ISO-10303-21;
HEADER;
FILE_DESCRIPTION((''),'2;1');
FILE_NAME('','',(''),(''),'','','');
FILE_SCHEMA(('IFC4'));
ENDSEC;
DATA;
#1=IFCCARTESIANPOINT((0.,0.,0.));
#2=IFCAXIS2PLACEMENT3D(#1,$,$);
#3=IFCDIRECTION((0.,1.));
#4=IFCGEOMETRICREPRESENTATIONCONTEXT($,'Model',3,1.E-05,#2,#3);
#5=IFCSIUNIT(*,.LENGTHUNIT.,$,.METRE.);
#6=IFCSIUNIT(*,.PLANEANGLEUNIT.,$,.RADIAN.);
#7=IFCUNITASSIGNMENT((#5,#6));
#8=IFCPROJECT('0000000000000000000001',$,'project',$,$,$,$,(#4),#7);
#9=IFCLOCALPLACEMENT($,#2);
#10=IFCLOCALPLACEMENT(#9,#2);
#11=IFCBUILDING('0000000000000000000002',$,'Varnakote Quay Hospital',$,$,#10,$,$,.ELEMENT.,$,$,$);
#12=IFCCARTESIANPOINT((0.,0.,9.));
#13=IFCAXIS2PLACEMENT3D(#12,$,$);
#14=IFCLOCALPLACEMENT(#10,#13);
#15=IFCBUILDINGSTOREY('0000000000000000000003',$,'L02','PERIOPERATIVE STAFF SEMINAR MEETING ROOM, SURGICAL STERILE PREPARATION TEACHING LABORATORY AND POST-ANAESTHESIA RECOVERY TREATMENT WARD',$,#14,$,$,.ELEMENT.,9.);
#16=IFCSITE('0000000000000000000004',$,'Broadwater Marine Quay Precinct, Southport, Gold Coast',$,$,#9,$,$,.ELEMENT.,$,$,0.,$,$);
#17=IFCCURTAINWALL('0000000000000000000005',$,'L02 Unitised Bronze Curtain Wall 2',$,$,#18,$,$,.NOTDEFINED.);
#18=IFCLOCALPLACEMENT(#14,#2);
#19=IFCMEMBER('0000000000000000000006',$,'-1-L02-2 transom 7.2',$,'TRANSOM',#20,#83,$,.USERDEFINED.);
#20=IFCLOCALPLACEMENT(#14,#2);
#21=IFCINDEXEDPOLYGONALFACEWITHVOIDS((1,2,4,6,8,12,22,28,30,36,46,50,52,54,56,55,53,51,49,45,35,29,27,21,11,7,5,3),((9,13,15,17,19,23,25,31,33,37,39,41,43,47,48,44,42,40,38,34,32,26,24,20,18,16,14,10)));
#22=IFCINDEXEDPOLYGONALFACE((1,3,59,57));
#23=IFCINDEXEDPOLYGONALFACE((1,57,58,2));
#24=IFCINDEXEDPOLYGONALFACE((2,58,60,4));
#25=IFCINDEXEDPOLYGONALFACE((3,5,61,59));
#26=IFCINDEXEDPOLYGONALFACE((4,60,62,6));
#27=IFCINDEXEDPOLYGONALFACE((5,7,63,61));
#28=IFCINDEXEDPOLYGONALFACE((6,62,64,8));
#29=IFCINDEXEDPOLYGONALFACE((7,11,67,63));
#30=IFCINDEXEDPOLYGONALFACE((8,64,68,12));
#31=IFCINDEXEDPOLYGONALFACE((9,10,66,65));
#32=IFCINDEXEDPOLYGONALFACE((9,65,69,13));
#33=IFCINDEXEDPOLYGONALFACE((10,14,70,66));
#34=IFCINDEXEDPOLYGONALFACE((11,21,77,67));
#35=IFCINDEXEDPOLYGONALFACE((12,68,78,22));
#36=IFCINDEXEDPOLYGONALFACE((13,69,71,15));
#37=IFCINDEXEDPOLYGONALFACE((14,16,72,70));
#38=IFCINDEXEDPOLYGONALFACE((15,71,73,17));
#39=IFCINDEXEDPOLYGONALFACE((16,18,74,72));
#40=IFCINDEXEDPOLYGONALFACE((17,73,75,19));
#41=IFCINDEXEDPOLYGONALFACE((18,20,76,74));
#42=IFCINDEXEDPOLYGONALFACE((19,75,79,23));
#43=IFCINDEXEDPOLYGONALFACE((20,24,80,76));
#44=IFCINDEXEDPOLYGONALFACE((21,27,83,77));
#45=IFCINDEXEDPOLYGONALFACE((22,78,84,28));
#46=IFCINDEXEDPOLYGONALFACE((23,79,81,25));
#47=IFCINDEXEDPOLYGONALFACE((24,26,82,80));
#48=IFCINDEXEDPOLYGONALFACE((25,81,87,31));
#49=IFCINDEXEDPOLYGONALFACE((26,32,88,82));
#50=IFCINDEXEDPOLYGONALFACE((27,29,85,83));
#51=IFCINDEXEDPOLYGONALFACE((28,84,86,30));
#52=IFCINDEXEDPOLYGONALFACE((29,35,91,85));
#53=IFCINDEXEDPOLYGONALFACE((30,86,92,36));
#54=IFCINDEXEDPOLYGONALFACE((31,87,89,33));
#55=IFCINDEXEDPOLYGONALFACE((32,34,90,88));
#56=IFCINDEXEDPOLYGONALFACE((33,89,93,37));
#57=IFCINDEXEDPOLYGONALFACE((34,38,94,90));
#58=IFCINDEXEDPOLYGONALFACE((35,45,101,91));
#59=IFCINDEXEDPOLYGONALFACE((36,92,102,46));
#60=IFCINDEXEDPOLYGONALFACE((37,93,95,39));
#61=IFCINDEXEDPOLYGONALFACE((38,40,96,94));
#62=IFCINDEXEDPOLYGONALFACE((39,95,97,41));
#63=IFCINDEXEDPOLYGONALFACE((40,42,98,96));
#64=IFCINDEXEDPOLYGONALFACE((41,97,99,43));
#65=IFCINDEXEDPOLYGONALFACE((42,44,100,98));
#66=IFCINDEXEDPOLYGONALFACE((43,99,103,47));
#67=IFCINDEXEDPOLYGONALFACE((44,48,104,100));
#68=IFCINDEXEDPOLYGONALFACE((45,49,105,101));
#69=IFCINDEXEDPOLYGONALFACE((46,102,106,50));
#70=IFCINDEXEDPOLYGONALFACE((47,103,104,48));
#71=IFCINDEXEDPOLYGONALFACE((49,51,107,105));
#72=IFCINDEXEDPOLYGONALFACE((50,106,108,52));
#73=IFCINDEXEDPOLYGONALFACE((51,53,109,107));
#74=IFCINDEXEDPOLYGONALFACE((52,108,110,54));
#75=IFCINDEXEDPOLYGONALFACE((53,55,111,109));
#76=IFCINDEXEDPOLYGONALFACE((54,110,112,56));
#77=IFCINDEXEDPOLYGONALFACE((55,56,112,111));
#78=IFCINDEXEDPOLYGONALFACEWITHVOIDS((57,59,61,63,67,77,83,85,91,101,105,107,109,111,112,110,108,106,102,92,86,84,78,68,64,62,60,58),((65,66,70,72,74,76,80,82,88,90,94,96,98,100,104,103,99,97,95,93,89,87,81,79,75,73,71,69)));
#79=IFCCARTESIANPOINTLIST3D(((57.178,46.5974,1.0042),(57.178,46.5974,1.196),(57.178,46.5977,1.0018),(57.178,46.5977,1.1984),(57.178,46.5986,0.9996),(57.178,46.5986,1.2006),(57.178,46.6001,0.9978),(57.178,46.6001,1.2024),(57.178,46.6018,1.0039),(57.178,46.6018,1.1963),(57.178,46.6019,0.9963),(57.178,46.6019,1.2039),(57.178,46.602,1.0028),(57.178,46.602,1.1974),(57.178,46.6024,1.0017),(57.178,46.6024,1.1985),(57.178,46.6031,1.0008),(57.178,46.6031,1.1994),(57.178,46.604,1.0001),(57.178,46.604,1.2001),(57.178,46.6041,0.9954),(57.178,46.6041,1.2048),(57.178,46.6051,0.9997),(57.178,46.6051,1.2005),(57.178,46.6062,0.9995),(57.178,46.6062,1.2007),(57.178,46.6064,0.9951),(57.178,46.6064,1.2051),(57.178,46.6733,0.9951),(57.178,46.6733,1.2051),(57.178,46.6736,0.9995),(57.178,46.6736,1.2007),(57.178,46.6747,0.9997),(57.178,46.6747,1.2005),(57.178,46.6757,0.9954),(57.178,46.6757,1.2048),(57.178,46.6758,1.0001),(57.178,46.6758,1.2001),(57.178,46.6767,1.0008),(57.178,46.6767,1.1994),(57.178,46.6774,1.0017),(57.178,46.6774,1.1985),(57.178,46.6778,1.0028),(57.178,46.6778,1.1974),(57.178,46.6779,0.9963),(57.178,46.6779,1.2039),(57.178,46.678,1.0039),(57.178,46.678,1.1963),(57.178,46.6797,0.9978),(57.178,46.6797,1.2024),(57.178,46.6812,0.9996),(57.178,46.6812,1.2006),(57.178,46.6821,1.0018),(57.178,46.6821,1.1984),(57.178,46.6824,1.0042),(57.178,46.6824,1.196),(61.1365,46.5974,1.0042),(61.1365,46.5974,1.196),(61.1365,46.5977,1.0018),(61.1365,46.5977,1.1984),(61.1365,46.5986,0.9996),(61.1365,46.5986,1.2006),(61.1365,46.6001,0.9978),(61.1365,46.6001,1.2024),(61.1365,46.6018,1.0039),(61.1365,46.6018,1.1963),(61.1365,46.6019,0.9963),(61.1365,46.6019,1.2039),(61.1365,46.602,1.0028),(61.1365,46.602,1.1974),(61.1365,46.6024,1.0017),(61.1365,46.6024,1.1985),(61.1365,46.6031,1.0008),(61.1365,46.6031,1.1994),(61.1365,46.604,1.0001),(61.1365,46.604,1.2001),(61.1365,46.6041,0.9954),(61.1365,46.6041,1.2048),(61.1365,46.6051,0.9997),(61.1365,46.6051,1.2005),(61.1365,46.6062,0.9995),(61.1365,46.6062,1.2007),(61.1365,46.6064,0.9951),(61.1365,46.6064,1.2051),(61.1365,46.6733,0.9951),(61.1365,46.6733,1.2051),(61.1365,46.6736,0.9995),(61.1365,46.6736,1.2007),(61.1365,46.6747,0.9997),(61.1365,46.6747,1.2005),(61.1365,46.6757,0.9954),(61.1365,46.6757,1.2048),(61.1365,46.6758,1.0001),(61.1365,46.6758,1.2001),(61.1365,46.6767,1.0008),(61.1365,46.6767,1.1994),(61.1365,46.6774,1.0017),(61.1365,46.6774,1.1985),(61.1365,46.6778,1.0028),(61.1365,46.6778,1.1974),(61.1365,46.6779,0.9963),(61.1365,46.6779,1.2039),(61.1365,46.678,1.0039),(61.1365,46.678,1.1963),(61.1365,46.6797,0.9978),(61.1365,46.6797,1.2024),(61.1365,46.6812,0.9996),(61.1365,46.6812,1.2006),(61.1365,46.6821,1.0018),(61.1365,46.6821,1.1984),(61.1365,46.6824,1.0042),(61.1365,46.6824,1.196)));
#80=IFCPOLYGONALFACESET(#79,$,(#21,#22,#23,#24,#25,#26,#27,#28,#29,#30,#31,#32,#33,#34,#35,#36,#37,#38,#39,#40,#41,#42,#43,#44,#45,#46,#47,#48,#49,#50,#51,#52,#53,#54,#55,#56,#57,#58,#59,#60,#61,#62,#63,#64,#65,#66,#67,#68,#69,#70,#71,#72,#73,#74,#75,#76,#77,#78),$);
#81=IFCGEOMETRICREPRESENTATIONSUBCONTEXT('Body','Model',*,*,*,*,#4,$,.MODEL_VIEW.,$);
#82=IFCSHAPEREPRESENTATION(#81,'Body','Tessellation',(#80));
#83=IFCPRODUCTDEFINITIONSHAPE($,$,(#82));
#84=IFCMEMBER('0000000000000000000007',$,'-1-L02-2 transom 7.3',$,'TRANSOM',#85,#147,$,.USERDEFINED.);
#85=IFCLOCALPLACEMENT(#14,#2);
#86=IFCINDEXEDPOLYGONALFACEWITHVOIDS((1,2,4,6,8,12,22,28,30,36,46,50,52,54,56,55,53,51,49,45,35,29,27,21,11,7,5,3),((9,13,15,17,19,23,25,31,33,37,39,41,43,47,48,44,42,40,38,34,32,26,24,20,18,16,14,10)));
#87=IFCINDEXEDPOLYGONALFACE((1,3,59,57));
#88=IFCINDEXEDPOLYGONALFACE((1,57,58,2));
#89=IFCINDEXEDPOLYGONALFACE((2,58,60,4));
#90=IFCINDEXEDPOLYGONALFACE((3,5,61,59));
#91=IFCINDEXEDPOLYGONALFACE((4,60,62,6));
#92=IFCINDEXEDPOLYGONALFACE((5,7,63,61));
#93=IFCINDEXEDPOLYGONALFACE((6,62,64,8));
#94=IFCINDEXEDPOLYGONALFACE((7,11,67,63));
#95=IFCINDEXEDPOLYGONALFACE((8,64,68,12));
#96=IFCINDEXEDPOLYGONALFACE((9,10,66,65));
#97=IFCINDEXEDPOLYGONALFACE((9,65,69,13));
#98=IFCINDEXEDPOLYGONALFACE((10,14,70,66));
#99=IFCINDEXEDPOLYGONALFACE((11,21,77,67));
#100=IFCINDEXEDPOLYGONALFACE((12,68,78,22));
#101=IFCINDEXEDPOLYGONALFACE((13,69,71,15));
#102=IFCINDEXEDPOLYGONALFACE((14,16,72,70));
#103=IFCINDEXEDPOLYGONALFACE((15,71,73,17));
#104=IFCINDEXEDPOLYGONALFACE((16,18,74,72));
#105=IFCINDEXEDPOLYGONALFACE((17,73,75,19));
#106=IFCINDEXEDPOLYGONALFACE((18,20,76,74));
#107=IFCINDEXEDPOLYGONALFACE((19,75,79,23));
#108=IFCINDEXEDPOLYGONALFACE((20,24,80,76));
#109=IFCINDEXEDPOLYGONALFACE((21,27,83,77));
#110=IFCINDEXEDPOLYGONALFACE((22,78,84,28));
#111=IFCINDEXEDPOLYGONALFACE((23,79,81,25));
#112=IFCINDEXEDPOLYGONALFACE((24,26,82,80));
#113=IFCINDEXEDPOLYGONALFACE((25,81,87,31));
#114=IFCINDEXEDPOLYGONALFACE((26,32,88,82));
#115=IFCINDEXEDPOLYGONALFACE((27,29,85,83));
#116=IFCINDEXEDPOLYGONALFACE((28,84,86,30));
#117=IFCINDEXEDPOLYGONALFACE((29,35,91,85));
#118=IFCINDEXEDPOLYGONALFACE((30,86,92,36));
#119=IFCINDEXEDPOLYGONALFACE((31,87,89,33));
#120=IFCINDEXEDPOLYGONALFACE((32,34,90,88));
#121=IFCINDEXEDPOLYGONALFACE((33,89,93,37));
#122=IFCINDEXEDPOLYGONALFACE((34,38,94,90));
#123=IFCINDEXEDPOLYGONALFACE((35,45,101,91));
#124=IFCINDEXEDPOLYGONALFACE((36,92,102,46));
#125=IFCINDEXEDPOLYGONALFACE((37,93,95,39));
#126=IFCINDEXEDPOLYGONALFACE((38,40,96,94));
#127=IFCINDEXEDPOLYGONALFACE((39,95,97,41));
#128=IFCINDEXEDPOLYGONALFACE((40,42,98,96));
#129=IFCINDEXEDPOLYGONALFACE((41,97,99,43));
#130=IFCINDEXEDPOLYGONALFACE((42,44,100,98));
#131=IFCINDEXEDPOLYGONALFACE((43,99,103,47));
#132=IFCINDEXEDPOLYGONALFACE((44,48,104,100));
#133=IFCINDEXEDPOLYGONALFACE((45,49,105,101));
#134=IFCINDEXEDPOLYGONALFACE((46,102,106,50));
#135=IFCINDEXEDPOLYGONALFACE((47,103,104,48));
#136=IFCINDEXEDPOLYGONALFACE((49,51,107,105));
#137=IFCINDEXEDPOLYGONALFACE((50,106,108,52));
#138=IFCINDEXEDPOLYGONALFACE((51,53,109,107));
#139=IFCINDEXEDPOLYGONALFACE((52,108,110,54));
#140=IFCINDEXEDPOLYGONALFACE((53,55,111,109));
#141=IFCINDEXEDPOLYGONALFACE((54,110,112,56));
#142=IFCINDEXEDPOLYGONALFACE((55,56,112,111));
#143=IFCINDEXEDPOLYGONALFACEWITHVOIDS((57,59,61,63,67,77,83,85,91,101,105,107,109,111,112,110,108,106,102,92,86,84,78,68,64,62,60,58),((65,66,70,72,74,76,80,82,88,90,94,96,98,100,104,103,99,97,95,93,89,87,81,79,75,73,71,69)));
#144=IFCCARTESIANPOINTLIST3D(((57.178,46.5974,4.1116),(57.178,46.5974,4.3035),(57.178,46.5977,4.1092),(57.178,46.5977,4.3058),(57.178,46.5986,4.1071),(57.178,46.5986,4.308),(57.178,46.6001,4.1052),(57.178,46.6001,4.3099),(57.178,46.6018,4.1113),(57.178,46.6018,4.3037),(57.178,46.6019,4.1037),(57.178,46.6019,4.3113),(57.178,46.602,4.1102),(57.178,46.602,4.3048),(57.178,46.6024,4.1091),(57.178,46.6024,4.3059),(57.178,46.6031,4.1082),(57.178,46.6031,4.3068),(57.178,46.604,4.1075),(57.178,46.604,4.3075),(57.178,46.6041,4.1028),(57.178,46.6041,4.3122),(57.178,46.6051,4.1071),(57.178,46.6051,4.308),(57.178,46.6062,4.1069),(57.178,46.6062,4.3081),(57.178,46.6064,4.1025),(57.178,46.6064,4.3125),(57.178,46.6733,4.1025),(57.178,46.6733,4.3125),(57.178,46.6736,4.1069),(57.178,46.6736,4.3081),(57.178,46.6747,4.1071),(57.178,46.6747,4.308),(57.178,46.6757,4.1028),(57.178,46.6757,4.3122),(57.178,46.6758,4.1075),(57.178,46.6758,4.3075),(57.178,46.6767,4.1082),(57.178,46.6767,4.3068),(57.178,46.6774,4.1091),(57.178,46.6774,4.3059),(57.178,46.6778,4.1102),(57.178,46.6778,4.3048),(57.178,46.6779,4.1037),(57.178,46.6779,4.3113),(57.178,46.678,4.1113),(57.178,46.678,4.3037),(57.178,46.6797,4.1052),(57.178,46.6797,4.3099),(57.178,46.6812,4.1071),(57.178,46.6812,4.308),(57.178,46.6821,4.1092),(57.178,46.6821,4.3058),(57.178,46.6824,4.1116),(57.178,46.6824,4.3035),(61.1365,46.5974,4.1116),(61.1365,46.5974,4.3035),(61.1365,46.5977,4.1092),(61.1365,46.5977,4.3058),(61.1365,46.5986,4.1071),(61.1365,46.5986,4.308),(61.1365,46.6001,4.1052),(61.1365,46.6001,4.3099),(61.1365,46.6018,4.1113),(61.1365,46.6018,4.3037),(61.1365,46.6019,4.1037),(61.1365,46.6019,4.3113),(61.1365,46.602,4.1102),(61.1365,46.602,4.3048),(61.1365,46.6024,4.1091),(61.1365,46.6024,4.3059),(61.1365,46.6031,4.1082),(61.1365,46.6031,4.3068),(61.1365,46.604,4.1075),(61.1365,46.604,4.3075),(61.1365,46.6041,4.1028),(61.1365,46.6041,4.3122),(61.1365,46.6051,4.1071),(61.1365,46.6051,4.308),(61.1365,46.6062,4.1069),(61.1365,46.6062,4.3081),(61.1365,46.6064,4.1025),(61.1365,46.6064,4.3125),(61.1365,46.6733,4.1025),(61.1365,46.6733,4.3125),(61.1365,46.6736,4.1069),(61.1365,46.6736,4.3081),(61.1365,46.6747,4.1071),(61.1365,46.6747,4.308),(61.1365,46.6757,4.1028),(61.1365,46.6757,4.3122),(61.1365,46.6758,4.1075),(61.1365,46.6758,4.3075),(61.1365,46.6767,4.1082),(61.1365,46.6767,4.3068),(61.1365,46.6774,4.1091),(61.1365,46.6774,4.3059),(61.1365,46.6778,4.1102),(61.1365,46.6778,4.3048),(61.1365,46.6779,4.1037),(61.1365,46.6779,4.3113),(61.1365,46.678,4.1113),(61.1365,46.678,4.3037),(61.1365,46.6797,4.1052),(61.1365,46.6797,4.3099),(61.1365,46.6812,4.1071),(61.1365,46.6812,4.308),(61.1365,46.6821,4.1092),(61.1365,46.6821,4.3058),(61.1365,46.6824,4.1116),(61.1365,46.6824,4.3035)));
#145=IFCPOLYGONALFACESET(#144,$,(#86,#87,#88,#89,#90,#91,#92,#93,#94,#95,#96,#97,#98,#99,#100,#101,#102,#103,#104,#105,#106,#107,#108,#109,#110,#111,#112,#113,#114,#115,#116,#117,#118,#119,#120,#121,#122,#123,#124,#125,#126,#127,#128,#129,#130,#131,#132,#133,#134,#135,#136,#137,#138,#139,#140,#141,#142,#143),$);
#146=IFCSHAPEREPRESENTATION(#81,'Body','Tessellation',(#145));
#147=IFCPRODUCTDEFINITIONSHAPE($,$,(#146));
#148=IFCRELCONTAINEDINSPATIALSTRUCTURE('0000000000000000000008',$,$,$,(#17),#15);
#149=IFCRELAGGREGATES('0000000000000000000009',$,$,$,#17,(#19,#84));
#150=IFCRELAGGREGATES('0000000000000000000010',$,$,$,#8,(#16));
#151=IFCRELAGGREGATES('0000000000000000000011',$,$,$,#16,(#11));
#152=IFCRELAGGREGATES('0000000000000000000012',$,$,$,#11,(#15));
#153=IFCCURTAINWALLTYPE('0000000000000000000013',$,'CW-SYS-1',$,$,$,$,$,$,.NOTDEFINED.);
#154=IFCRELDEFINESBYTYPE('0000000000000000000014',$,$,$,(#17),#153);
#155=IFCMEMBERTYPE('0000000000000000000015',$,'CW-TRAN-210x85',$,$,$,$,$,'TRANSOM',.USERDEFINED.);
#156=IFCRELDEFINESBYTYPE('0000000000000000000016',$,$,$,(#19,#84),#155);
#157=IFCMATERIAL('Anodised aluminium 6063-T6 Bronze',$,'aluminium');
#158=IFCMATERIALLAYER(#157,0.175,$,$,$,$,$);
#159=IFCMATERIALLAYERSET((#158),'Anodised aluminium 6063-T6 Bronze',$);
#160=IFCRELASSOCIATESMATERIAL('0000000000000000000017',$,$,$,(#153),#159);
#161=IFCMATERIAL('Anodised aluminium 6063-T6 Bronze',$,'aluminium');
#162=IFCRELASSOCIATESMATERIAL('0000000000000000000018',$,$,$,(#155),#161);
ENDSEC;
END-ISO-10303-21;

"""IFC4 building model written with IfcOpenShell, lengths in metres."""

from ifc_helpers import new_model, si_unit, direction, frame, origin, origin_2d, place, context, subcontext, project, spatial, hollow_rectangle, extrude, material, layer, layer_set, material_profile, profile_set, type_object, element, aggregate, save


model = new_model("IFC4")

# Units and contexts
model_context = context("Model", 3, precision=1e-05, world=origin(), true_north=direction((0.0, 1.0)))
body_context = subcontext(model_context, "Body", "Model", "MODEL_VIEW")
ifc_project = project(units=[si_unit("LENGTHUNIT", "METRE"), si_unit("PLANEANGLEUNIT", "RADIAN")], contexts=[model_context])

# Site, building, storey
site_placement = place(None, origin())
site = spatial("IfcSite", under=ifc_project, at=site_placement, Name="Broadwater Marine Quay Precinct, Southport, Gold Coast", CompositionType="ELEMENT", RefElevation=0.0)
building_placement = place(site_placement, origin())
building = spatial("IfcBuilding", under=site, at=building_placement, Name="Varnakote Quay Hospital", CompositionType="ELEMENT")
storey_placement = place(building_placement, frame((0.0, 0.0, 9.0)))
storey = spatial("IfcBuildingStorey", under=building, at=storey_placement, Name="L02", Description="PERIOPERATIVE STAFF SEMINAR MEETING ROOM, SURGICAL STERILE PREPARATION TEACHING LABORATORY AND POST-ANAESTHESIA RECOVERY TREATMENT WARD", CompositionType="ELEMENT", Elevation=9.0)

# Curtain wall, members
ifc_material_1 = material(Name="Anodised aluminium 6063-T6 Bronze", Category="aluminium")
ifc_layer_1 = layer(ifc_material_1, 0.175)
ifc_layer_set_1 = layer_set([ifc_layer_1], Name="Anodised aluminium 6063-T6 Bronze")
curtain_wall_type = type_object("IfcCurtainWallType", Name="CW-SYS-1", PredefinedType="NOTDEFINED", material=ifc_layer_set_1)
curtain_wall_placement = place(storey_placement, origin())
curtain_wall = element("IfcCurtainWall", 1, at=curtain_wall_placement, inside=storey, type_object=curtain_wall_type, Name="L02 Unitised Bronze Curtain Wall 2", PredefinedType="NOTDEFINED")
ifc_material_2 = material(Name="Anodised aluminium 6063-T6 Bronze", Category="aluminium")
ifc_material_profile_1 = material_profile(ifc_material_2, hollow_rectangle(XDim=0.085, YDim=0.21, WallThickness=0.0044, InnerFilletRadius=0.0044, OuterFilletRadius=0.009, at=origin_2d()), Name="CW-TRAN-210x85")
ifc_profile_set_1 = profile_set([ifc_material_profile_1], Name="Anodised aluminium 6063-T6 Bronze")
member_type_1 = type_object("IfcMemberType", Name="CW-TRAN-210x85", ElementType="TRANSOM", PredefinedType="USERDEFINED", material=ifc_profile_set_1)
member_1_placement = place(storey_placement, frame((61.1365, 46.6399, 1.1001), z_axis=(-1.0, 0.0, 0.0), x_axis=(0.0, -1.0, 0.0)))
member_1 = element("IfcMember", 2, at=member_1_placement, type_object=member_type_1, Name="-1-L02-2 transom 7.2", ObjectType="TRANSOM", PredefinedType="USERDEFINED", context=body_context, shape_type="SweptSolid", body=[
    extrude(hollow_rectangle(XDim=0.085, YDim=0.21, WallThickness=0.0044, InnerFilletRadius=0.0044, OuterFilletRadius=0.009, at=origin_2d()), origin(), (0.0, 0.0, 1.0), 3.9585),
])
member_2_placement = place(storey_placement, frame((61.1365, 46.6399, 4.2075), z_axis=(-1.0, 0.0, 0.0), x_axis=(0.0, -1.0, 0.0)))
member_2 = element("IfcMember", 3, at=member_2_placement, type_object=member_type_1, Name="-1-L02-2 transom 7.3", ObjectType="TRANSOM", PredefinedType="USERDEFINED", context=body_context, shape_type="SweptSolid", body=[
    extrude(hollow_rectangle(XDim=0.085, YDim=0.21, WallThickness=0.0044, InnerFilletRadius=0.0044, OuterFilletRadius=0.009, at=origin_2d()), origin(), (0.0, 0.0, 1.0), 3.9585),
])

aggregate(curtain_wall, [member_1, member_2])

save(model, "model.ifc")
